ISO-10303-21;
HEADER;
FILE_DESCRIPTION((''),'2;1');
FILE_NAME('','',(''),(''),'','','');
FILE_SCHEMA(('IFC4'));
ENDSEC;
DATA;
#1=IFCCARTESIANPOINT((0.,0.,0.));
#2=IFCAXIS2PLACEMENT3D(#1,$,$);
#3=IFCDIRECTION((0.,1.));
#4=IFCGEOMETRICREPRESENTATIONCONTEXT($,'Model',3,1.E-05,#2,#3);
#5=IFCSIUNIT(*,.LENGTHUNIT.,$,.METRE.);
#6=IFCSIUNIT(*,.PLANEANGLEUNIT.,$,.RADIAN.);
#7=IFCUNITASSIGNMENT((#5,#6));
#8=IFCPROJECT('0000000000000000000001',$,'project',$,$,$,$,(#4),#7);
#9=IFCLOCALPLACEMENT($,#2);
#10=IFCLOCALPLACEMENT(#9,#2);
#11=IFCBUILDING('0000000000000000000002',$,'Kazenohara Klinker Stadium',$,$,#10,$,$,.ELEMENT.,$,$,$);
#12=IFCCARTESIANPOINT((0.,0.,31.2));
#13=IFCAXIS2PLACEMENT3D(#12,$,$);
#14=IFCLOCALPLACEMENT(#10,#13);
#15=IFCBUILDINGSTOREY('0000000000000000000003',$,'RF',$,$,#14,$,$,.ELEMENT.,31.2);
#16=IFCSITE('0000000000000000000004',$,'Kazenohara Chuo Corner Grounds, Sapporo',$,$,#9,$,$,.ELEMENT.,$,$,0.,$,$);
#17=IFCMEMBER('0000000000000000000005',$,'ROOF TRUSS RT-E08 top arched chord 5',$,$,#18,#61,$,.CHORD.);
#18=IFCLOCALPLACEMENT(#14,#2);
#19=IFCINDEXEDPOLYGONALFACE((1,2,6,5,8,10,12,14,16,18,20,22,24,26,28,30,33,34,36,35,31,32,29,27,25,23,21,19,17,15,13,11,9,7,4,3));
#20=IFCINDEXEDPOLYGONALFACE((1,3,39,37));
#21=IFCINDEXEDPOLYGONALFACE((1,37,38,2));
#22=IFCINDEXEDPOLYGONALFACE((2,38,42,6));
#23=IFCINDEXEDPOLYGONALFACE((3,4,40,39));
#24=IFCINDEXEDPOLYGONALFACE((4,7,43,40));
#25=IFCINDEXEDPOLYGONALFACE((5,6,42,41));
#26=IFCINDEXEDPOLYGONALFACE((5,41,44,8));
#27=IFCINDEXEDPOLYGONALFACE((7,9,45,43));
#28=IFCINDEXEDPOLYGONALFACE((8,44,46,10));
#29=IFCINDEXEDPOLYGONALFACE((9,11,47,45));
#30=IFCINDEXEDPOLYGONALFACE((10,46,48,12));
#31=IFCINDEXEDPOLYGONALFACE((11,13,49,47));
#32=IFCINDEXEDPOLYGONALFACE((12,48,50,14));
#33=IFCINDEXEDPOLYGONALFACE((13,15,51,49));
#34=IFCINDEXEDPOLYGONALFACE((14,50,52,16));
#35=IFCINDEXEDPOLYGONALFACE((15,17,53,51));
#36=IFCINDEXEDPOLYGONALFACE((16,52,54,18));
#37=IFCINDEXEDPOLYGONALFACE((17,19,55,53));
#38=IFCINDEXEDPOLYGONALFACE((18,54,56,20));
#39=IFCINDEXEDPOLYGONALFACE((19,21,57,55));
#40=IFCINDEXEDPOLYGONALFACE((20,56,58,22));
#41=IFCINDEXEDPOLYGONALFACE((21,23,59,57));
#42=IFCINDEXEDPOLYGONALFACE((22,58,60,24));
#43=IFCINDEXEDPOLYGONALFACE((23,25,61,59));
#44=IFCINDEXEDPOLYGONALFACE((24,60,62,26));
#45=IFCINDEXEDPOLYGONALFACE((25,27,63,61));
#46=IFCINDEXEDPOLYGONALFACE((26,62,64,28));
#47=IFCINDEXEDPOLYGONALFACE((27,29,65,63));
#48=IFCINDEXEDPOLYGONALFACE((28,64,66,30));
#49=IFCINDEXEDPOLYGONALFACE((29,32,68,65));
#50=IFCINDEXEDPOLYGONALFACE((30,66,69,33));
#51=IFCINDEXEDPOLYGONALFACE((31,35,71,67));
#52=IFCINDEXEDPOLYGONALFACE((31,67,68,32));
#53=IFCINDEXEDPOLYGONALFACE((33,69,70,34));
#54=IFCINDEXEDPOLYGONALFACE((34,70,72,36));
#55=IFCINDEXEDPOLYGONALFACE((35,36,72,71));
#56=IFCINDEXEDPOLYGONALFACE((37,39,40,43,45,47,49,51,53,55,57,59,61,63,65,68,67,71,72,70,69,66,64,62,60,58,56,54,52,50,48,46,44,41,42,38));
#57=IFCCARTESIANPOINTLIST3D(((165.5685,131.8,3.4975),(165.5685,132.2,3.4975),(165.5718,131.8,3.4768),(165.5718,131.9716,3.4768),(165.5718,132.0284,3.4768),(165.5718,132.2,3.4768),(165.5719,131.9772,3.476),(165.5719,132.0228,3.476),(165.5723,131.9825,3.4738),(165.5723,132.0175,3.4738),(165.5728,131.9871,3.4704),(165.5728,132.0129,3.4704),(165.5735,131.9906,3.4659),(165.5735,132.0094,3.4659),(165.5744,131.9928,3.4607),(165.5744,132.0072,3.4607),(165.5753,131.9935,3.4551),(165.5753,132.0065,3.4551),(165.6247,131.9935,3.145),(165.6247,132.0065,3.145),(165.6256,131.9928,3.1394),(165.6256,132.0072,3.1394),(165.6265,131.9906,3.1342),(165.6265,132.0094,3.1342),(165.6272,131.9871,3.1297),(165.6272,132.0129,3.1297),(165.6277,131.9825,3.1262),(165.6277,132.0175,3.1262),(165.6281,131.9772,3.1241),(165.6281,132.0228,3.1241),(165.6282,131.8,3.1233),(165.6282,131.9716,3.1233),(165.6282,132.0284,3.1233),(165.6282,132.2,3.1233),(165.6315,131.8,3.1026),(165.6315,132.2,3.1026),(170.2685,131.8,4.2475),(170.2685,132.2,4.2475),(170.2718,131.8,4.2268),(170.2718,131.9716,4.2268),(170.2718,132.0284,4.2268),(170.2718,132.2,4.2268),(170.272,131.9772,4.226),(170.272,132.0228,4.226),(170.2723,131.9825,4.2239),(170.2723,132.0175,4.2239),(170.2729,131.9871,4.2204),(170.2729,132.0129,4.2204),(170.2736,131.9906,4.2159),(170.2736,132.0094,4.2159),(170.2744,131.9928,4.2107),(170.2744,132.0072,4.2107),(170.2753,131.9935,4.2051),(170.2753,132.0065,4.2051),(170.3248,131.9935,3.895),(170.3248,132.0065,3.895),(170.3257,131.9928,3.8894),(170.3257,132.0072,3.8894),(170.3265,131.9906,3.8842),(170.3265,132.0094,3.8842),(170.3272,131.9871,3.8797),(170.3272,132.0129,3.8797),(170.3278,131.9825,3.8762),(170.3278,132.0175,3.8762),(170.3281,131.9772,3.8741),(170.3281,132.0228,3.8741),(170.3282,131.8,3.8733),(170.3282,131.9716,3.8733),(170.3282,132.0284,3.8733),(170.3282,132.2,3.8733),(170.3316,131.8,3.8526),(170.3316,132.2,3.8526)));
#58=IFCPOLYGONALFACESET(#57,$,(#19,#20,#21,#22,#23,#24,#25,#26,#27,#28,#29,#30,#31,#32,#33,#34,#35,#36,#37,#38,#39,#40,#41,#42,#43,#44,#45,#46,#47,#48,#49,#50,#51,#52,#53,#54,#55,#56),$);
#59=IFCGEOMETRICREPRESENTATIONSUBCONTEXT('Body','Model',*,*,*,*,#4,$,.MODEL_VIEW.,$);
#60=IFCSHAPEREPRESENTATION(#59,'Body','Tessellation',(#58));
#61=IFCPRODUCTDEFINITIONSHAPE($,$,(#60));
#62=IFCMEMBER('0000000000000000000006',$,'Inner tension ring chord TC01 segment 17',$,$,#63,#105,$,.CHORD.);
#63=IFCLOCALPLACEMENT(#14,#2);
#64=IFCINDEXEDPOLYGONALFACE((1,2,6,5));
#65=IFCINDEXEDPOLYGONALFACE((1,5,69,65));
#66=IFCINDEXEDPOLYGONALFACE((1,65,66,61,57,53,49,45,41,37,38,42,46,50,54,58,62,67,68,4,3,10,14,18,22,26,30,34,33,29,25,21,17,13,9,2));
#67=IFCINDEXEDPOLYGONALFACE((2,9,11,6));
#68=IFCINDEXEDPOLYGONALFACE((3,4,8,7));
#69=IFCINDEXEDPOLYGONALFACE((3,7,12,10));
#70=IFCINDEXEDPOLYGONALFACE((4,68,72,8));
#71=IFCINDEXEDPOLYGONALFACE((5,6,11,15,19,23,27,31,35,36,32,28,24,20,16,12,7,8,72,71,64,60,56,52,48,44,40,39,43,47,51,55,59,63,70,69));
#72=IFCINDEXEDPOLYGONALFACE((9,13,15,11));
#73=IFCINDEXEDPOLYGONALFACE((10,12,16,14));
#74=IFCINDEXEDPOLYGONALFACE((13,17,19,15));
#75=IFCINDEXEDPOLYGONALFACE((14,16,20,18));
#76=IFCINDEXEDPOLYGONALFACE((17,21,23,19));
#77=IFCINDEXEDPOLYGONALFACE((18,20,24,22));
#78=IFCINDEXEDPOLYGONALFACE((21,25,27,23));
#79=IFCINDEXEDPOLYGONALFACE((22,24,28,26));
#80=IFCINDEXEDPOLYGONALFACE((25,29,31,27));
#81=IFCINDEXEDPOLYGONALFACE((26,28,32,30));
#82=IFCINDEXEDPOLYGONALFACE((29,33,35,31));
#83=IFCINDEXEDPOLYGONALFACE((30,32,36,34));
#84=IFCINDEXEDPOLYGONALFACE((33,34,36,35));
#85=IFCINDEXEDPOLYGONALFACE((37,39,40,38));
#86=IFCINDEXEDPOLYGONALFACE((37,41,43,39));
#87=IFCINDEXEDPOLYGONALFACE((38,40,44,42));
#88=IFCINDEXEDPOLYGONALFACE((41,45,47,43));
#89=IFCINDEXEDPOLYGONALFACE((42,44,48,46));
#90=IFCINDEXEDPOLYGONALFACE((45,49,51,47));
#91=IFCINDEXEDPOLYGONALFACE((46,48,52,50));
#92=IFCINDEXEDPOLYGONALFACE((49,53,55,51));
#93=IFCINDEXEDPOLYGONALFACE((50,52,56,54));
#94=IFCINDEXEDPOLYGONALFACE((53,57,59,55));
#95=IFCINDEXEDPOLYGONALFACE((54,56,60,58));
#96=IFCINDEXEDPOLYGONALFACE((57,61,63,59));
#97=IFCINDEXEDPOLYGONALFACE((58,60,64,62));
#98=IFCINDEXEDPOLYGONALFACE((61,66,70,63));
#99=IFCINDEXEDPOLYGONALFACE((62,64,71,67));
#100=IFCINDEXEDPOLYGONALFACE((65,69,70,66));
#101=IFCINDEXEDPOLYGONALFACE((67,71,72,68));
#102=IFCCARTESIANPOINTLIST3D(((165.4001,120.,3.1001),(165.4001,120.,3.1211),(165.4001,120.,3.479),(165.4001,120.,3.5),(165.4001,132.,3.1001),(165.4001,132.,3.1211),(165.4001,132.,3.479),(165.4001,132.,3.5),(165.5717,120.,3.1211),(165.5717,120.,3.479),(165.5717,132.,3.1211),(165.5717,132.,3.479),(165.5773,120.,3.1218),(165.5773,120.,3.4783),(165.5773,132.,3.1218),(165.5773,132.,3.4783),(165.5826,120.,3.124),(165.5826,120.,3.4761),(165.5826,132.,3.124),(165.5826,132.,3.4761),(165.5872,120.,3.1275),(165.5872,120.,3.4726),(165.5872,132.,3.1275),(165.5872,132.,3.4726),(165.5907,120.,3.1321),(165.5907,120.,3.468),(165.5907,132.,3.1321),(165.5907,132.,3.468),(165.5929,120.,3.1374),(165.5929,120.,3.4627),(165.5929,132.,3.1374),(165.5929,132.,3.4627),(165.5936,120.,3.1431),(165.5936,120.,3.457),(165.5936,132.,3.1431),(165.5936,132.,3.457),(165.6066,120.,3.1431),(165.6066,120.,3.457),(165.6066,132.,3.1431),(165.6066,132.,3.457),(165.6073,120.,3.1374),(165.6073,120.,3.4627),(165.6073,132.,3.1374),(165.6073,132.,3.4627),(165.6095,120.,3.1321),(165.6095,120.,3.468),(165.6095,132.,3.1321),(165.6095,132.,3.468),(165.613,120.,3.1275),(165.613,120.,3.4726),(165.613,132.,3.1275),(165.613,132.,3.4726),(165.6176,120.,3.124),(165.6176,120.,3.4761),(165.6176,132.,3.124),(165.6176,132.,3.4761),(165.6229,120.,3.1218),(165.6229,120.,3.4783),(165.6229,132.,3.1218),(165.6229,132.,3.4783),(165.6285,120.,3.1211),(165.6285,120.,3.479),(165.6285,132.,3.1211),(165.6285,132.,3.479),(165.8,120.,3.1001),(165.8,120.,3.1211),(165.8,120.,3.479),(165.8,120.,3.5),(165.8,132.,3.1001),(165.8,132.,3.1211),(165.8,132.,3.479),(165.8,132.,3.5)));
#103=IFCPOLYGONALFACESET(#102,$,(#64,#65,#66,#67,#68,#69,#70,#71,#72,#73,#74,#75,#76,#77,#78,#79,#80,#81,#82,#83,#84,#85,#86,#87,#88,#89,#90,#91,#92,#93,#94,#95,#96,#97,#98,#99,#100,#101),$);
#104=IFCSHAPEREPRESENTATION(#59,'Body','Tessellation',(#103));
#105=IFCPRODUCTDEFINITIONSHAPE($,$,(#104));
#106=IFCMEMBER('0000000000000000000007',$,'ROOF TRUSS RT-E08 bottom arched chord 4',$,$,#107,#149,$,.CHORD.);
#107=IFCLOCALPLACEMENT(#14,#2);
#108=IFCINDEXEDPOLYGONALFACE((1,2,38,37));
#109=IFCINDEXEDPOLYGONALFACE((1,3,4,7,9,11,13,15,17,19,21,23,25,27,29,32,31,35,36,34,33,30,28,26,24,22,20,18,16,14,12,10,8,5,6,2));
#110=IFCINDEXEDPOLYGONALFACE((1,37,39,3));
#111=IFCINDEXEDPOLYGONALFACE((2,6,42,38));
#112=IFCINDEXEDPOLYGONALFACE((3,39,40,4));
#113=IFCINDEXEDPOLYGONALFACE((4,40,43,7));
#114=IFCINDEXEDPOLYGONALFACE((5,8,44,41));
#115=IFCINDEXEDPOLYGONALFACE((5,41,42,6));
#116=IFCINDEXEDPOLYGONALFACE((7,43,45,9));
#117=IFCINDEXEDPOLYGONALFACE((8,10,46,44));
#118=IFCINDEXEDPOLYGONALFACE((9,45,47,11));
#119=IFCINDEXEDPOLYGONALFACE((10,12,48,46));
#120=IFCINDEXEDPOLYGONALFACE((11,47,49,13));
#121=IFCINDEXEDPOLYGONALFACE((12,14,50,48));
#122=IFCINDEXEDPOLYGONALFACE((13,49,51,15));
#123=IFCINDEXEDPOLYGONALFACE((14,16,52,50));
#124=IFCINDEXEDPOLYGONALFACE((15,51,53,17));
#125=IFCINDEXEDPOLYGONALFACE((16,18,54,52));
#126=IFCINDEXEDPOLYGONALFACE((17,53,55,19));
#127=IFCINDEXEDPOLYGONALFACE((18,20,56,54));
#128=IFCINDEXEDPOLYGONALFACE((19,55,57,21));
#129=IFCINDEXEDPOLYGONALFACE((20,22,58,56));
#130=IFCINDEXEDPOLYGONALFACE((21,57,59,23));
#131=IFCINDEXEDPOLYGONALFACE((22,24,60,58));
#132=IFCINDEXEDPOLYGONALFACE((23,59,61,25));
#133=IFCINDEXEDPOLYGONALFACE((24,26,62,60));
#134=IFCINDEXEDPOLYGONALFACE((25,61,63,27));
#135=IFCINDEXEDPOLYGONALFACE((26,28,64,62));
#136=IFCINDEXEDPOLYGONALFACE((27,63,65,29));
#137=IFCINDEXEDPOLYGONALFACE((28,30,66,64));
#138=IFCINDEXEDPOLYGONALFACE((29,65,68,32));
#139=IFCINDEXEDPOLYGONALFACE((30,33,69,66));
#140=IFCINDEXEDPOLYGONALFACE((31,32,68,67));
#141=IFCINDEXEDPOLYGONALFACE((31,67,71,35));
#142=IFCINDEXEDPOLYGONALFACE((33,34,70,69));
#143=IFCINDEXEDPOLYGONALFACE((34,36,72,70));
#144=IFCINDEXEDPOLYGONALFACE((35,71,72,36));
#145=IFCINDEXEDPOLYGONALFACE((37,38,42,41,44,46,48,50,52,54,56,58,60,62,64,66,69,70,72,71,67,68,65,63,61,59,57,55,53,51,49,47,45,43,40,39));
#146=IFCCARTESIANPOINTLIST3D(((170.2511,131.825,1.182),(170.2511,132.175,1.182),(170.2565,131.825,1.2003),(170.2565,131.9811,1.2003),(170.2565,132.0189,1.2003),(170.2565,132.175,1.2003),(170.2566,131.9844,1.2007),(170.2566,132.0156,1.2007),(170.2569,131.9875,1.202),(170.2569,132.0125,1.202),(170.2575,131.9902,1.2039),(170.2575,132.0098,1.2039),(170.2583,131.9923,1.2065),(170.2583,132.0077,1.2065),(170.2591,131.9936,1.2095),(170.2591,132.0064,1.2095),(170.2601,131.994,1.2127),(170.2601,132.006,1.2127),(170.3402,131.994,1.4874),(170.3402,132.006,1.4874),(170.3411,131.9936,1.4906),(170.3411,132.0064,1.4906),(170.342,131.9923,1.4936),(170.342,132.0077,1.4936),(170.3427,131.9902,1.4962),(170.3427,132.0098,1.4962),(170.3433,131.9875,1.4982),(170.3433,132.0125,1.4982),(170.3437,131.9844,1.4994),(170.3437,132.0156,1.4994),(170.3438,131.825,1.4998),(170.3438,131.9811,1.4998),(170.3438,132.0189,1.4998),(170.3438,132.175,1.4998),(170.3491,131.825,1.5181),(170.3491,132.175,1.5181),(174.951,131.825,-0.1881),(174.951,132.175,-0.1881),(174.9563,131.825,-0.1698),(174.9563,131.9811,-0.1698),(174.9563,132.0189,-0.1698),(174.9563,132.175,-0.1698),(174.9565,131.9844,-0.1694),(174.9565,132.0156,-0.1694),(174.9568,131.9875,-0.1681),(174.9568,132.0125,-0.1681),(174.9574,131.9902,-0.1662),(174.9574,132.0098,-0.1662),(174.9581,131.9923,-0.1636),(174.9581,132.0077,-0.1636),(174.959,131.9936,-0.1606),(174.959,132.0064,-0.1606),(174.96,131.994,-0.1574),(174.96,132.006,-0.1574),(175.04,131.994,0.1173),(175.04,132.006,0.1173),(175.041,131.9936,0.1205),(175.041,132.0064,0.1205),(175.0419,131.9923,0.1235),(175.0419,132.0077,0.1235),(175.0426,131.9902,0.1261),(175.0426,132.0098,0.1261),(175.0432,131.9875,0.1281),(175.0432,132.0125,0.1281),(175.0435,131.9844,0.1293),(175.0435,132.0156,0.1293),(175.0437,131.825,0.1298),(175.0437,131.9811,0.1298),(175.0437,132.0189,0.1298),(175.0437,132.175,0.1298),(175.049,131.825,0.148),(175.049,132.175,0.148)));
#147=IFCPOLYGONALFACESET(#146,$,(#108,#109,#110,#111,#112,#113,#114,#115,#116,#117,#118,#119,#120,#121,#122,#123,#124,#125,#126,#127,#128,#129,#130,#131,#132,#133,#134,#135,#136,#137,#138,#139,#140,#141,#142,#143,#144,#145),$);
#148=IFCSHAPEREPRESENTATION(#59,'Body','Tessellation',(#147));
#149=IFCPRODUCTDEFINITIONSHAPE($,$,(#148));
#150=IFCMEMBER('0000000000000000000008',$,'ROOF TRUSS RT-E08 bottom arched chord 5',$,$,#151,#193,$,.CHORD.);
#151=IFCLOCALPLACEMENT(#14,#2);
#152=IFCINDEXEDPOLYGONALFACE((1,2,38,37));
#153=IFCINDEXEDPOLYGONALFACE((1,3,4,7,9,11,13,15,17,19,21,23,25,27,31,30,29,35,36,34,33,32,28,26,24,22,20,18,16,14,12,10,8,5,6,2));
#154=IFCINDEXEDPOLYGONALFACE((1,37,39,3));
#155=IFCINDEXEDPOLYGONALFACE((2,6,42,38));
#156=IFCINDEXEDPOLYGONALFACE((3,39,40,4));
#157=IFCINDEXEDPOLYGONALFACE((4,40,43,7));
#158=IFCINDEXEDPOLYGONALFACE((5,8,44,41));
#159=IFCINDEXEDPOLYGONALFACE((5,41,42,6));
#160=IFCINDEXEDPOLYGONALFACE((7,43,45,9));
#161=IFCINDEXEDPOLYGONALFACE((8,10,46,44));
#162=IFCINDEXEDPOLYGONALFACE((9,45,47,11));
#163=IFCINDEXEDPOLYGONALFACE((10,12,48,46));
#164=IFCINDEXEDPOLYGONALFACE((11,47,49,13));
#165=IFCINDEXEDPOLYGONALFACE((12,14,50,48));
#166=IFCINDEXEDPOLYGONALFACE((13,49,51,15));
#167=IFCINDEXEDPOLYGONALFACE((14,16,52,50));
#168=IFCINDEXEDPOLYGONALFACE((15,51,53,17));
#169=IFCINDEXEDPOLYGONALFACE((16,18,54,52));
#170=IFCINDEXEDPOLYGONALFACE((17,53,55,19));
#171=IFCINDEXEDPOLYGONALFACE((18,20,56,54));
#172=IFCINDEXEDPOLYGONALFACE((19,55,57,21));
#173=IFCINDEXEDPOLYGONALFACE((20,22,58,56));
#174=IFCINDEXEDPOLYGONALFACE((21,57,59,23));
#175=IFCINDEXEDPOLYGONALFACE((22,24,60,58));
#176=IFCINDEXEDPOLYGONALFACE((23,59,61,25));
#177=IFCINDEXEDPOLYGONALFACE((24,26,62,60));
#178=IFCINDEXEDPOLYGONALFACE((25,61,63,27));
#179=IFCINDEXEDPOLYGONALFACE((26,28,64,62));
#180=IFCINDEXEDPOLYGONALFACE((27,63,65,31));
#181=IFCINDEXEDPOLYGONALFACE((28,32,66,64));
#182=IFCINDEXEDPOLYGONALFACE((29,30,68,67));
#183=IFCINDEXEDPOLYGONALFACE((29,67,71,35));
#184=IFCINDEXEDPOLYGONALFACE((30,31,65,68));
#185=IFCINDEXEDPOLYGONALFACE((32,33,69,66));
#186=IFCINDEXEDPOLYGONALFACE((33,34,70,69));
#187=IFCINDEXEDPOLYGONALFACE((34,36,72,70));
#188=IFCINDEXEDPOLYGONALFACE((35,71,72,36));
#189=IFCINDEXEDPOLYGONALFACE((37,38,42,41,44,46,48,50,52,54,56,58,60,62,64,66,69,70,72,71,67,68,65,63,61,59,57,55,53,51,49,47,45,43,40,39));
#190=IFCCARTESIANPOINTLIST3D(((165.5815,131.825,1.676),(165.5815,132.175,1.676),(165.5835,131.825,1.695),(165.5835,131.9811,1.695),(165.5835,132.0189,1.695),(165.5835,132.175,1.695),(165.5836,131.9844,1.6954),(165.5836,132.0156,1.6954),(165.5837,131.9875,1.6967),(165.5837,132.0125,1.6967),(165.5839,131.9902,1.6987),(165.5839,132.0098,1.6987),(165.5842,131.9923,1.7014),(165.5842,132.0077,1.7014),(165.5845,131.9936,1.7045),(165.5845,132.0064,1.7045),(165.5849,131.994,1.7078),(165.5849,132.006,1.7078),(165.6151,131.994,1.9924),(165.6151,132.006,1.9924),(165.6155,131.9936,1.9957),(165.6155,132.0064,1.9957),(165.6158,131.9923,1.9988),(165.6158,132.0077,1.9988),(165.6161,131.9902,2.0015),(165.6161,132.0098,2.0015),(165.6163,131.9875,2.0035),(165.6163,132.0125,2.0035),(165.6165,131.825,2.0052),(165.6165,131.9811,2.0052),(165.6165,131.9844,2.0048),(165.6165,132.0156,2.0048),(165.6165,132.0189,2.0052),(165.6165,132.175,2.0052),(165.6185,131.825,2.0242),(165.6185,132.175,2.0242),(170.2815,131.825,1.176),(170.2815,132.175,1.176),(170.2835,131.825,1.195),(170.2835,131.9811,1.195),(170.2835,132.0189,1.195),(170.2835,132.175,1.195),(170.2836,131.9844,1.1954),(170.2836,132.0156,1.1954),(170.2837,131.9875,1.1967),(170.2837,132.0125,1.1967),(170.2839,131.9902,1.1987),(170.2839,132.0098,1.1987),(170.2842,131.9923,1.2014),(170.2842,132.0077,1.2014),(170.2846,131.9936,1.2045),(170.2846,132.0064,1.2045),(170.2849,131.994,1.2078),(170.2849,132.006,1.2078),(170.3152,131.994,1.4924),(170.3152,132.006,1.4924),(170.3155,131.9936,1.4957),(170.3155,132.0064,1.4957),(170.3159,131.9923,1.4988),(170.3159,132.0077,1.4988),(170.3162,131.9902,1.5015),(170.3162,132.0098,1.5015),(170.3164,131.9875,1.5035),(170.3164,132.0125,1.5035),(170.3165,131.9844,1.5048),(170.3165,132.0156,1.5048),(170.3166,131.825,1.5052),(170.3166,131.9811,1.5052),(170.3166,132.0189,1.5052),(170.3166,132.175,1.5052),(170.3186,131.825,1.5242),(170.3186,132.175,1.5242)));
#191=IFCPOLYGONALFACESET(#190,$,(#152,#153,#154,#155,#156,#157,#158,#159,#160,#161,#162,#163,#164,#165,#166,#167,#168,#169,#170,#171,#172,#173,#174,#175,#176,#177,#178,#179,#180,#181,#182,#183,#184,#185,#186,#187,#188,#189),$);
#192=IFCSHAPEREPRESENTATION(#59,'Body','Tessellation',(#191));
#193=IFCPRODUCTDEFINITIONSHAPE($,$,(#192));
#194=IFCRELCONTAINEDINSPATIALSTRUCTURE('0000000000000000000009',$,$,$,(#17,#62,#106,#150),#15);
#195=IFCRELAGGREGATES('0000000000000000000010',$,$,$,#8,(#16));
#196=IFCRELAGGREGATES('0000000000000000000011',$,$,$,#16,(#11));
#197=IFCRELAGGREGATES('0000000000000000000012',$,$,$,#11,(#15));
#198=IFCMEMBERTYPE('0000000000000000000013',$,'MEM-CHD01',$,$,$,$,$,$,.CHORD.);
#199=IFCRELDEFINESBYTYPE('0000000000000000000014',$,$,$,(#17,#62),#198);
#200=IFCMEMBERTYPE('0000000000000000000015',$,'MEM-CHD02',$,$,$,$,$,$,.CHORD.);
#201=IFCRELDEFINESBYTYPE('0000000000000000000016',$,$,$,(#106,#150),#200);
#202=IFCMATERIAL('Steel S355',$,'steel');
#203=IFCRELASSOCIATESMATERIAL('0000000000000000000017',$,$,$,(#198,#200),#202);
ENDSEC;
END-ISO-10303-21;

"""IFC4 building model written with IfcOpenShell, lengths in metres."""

from ifc_helpers import new_model, si_unit, direction, frame, origin, origin_2d, place, context, subcontext, project, spatial, i_section, extrude, material, material_profile, profile_set, type_object, element, save


model = new_model("IFC4")

# Units and contexts
model_context = context("Model", 3, precision=1e-05, world=origin(), true_north=direction((0.0, 1.0)))
body_context = subcontext(model_context, "Body", "Model", "MODEL_VIEW")
ifc_project = project(units=[si_unit("LENGTHUNIT", "METRE"), si_unit("PLANEANGLEUNIT", "RADIAN")], contexts=[model_context])

# Site, building, storey
site_placement = place(None, origin())
site = spatial("IfcSite", under=ifc_project, at=site_placement, Name="Kazenohara Chuo Corner Grounds, Sapporo", CompositionType="ELEMENT", RefElevation=0.0)
building_placement = place(site_placement, origin())
building = spatial("IfcBuilding", under=site, at=building_placement, Name="Kazenohara Klinker Stadium", CompositionType="ELEMENT")
storey_placement = place(building_placement, frame((0.0, 0.0, 31.2)))
storey = spatial("IfcBuildingStorey", under=building, at=storey_placement, Name="RF", CompositionType="ELEMENT", Elevation=31.2)

# Members
ifc_material_1 = material(Name="Steel S355", Category="steel")
ifc_material_profile_1 = material_profile(ifc_material_1, i_section(OverallWidth=0.3999, OverallDepth=0.3999, WebThickness=0.0129, FlangeThickness=0.021, FilletRadius=0.022, at=origin_2d()), Name="H-400x400x13x21")
ifc_profile_set_1 = profile_set([ifc_material_profile_1], Name="Steel S355")
member_type_1 = type_object("IfcMemberType", Name="MEM-CHD01", PredefinedType="CHORD", material=ifc_profile_set_1)
member_1_placement = place(storey_placement, frame((170.3, 132.0, 4.05), z_axis=(-0.987506, 0.0, -0.157582), x_axis=(0.0, -1.0, 0.0)))
element("IfcMember", 1, at=member_1_placement, inside=storey, type_object=member_type_1, Name="ROOF TRUSS RT-E08 top arched chord 5", PredefinedType="CHORD", context=body_context, shape_type="SweptSolid", body=[
    extrude(i_section(OverallWidth=0.3999, OverallDepth=0.3999, WebThickness=0.0129, FlangeThickness=0.021, FilletRadius=0.022, at=origin_2d()), origin(), (0.0, 0.0, 1.0), 4.7595),
])
member_2_placement = place(storey_placement, frame((165.6001, 132.0, 3.3), z_axis=(0.0, -1.0, 0.0), x_axis=(1.0, 0.0, 0.0)))
element("IfcMember", 2, at=member_2_placement, inside=storey, type_object=member_type_1, Name="Inner tension ring chord TC01 segment 17", PredefinedType="CHORD", context=body_context, shape_type="SweptSolid", body=[
    extrude(i_section(OverallWidth=0.3999, OverallDepth=0.3999, WebThickness=0.0129, FlangeThickness=0.021, FilletRadius=0.022, at=origin_2d()), origin(), (0.0, 0.0, 1.0), 12.0),
])
ifc_material_profile_2 = material_profile(ifc_material_1, i_section(OverallWidth=0.3501, OverallDepth=0.3501, WebThickness=0.012, FlangeThickness=0.019, FilletRadius=0.0129, at=origin_2d()), Name="H-350x350x12x19")
ifc_profile_set_2 = profile_set([ifc_material_profile_2], Name="Steel S355")
member_type_2 = type_object("IfcMemberType", Name="MEM-CHD02", PredefinedType="CHORD", material=ifc_profile_set_2)
member_3_placement = place(storey_placement, frame((175.0, 132.0, -0.02), z_axis=(-0.960039, 0.0, 0.279868), x_axis=(0.0, -1.0, 0.0)))
element("IfcMember", 3, at=member_3_placement, inside=storey, type_object=member_type_2, Name="ROOF TRUSS RT-E08 bottom arched chord 4", PredefinedType="CHORD", context=body_context, shape_type="SweptSolid", body=[
    extrude(i_section(OverallWidth=0.3501, OverallDepth=0.3501, WebThickness=0.012, FlangeThickness=0.019, FilletRadius=0.0129, at=origin_2d()), origin(), (0.0, 0.0, 1.0), 4.8955),
])
member_4_placement = place(storey_placement, frame((170.3, 132.0, 1.3501), z_axis=(-0.994389, 0.0, 0.105787), x_axis=(0.0, -1.0, 0.0)))
element("IfcMember", 4, at=member_4_placement, inside=storey, type_object=member_type_2, Name="ROOF TRUSS RT-E08 bottom arched chord 5", PredefinedType="CHORD", context=body_context, shape_type="SweptSolid", body=[
    extrude(i_section(OverallWidth=0.3501, OverallDepth=0.3501, WebThickness=0.012, FlangeThickness=0.019, FilletRadius=0.0129, at=origin_2d()), origin(), (0.0, 0.0, 1.0), 4.7266),
])

save(model, "model.ifc")
